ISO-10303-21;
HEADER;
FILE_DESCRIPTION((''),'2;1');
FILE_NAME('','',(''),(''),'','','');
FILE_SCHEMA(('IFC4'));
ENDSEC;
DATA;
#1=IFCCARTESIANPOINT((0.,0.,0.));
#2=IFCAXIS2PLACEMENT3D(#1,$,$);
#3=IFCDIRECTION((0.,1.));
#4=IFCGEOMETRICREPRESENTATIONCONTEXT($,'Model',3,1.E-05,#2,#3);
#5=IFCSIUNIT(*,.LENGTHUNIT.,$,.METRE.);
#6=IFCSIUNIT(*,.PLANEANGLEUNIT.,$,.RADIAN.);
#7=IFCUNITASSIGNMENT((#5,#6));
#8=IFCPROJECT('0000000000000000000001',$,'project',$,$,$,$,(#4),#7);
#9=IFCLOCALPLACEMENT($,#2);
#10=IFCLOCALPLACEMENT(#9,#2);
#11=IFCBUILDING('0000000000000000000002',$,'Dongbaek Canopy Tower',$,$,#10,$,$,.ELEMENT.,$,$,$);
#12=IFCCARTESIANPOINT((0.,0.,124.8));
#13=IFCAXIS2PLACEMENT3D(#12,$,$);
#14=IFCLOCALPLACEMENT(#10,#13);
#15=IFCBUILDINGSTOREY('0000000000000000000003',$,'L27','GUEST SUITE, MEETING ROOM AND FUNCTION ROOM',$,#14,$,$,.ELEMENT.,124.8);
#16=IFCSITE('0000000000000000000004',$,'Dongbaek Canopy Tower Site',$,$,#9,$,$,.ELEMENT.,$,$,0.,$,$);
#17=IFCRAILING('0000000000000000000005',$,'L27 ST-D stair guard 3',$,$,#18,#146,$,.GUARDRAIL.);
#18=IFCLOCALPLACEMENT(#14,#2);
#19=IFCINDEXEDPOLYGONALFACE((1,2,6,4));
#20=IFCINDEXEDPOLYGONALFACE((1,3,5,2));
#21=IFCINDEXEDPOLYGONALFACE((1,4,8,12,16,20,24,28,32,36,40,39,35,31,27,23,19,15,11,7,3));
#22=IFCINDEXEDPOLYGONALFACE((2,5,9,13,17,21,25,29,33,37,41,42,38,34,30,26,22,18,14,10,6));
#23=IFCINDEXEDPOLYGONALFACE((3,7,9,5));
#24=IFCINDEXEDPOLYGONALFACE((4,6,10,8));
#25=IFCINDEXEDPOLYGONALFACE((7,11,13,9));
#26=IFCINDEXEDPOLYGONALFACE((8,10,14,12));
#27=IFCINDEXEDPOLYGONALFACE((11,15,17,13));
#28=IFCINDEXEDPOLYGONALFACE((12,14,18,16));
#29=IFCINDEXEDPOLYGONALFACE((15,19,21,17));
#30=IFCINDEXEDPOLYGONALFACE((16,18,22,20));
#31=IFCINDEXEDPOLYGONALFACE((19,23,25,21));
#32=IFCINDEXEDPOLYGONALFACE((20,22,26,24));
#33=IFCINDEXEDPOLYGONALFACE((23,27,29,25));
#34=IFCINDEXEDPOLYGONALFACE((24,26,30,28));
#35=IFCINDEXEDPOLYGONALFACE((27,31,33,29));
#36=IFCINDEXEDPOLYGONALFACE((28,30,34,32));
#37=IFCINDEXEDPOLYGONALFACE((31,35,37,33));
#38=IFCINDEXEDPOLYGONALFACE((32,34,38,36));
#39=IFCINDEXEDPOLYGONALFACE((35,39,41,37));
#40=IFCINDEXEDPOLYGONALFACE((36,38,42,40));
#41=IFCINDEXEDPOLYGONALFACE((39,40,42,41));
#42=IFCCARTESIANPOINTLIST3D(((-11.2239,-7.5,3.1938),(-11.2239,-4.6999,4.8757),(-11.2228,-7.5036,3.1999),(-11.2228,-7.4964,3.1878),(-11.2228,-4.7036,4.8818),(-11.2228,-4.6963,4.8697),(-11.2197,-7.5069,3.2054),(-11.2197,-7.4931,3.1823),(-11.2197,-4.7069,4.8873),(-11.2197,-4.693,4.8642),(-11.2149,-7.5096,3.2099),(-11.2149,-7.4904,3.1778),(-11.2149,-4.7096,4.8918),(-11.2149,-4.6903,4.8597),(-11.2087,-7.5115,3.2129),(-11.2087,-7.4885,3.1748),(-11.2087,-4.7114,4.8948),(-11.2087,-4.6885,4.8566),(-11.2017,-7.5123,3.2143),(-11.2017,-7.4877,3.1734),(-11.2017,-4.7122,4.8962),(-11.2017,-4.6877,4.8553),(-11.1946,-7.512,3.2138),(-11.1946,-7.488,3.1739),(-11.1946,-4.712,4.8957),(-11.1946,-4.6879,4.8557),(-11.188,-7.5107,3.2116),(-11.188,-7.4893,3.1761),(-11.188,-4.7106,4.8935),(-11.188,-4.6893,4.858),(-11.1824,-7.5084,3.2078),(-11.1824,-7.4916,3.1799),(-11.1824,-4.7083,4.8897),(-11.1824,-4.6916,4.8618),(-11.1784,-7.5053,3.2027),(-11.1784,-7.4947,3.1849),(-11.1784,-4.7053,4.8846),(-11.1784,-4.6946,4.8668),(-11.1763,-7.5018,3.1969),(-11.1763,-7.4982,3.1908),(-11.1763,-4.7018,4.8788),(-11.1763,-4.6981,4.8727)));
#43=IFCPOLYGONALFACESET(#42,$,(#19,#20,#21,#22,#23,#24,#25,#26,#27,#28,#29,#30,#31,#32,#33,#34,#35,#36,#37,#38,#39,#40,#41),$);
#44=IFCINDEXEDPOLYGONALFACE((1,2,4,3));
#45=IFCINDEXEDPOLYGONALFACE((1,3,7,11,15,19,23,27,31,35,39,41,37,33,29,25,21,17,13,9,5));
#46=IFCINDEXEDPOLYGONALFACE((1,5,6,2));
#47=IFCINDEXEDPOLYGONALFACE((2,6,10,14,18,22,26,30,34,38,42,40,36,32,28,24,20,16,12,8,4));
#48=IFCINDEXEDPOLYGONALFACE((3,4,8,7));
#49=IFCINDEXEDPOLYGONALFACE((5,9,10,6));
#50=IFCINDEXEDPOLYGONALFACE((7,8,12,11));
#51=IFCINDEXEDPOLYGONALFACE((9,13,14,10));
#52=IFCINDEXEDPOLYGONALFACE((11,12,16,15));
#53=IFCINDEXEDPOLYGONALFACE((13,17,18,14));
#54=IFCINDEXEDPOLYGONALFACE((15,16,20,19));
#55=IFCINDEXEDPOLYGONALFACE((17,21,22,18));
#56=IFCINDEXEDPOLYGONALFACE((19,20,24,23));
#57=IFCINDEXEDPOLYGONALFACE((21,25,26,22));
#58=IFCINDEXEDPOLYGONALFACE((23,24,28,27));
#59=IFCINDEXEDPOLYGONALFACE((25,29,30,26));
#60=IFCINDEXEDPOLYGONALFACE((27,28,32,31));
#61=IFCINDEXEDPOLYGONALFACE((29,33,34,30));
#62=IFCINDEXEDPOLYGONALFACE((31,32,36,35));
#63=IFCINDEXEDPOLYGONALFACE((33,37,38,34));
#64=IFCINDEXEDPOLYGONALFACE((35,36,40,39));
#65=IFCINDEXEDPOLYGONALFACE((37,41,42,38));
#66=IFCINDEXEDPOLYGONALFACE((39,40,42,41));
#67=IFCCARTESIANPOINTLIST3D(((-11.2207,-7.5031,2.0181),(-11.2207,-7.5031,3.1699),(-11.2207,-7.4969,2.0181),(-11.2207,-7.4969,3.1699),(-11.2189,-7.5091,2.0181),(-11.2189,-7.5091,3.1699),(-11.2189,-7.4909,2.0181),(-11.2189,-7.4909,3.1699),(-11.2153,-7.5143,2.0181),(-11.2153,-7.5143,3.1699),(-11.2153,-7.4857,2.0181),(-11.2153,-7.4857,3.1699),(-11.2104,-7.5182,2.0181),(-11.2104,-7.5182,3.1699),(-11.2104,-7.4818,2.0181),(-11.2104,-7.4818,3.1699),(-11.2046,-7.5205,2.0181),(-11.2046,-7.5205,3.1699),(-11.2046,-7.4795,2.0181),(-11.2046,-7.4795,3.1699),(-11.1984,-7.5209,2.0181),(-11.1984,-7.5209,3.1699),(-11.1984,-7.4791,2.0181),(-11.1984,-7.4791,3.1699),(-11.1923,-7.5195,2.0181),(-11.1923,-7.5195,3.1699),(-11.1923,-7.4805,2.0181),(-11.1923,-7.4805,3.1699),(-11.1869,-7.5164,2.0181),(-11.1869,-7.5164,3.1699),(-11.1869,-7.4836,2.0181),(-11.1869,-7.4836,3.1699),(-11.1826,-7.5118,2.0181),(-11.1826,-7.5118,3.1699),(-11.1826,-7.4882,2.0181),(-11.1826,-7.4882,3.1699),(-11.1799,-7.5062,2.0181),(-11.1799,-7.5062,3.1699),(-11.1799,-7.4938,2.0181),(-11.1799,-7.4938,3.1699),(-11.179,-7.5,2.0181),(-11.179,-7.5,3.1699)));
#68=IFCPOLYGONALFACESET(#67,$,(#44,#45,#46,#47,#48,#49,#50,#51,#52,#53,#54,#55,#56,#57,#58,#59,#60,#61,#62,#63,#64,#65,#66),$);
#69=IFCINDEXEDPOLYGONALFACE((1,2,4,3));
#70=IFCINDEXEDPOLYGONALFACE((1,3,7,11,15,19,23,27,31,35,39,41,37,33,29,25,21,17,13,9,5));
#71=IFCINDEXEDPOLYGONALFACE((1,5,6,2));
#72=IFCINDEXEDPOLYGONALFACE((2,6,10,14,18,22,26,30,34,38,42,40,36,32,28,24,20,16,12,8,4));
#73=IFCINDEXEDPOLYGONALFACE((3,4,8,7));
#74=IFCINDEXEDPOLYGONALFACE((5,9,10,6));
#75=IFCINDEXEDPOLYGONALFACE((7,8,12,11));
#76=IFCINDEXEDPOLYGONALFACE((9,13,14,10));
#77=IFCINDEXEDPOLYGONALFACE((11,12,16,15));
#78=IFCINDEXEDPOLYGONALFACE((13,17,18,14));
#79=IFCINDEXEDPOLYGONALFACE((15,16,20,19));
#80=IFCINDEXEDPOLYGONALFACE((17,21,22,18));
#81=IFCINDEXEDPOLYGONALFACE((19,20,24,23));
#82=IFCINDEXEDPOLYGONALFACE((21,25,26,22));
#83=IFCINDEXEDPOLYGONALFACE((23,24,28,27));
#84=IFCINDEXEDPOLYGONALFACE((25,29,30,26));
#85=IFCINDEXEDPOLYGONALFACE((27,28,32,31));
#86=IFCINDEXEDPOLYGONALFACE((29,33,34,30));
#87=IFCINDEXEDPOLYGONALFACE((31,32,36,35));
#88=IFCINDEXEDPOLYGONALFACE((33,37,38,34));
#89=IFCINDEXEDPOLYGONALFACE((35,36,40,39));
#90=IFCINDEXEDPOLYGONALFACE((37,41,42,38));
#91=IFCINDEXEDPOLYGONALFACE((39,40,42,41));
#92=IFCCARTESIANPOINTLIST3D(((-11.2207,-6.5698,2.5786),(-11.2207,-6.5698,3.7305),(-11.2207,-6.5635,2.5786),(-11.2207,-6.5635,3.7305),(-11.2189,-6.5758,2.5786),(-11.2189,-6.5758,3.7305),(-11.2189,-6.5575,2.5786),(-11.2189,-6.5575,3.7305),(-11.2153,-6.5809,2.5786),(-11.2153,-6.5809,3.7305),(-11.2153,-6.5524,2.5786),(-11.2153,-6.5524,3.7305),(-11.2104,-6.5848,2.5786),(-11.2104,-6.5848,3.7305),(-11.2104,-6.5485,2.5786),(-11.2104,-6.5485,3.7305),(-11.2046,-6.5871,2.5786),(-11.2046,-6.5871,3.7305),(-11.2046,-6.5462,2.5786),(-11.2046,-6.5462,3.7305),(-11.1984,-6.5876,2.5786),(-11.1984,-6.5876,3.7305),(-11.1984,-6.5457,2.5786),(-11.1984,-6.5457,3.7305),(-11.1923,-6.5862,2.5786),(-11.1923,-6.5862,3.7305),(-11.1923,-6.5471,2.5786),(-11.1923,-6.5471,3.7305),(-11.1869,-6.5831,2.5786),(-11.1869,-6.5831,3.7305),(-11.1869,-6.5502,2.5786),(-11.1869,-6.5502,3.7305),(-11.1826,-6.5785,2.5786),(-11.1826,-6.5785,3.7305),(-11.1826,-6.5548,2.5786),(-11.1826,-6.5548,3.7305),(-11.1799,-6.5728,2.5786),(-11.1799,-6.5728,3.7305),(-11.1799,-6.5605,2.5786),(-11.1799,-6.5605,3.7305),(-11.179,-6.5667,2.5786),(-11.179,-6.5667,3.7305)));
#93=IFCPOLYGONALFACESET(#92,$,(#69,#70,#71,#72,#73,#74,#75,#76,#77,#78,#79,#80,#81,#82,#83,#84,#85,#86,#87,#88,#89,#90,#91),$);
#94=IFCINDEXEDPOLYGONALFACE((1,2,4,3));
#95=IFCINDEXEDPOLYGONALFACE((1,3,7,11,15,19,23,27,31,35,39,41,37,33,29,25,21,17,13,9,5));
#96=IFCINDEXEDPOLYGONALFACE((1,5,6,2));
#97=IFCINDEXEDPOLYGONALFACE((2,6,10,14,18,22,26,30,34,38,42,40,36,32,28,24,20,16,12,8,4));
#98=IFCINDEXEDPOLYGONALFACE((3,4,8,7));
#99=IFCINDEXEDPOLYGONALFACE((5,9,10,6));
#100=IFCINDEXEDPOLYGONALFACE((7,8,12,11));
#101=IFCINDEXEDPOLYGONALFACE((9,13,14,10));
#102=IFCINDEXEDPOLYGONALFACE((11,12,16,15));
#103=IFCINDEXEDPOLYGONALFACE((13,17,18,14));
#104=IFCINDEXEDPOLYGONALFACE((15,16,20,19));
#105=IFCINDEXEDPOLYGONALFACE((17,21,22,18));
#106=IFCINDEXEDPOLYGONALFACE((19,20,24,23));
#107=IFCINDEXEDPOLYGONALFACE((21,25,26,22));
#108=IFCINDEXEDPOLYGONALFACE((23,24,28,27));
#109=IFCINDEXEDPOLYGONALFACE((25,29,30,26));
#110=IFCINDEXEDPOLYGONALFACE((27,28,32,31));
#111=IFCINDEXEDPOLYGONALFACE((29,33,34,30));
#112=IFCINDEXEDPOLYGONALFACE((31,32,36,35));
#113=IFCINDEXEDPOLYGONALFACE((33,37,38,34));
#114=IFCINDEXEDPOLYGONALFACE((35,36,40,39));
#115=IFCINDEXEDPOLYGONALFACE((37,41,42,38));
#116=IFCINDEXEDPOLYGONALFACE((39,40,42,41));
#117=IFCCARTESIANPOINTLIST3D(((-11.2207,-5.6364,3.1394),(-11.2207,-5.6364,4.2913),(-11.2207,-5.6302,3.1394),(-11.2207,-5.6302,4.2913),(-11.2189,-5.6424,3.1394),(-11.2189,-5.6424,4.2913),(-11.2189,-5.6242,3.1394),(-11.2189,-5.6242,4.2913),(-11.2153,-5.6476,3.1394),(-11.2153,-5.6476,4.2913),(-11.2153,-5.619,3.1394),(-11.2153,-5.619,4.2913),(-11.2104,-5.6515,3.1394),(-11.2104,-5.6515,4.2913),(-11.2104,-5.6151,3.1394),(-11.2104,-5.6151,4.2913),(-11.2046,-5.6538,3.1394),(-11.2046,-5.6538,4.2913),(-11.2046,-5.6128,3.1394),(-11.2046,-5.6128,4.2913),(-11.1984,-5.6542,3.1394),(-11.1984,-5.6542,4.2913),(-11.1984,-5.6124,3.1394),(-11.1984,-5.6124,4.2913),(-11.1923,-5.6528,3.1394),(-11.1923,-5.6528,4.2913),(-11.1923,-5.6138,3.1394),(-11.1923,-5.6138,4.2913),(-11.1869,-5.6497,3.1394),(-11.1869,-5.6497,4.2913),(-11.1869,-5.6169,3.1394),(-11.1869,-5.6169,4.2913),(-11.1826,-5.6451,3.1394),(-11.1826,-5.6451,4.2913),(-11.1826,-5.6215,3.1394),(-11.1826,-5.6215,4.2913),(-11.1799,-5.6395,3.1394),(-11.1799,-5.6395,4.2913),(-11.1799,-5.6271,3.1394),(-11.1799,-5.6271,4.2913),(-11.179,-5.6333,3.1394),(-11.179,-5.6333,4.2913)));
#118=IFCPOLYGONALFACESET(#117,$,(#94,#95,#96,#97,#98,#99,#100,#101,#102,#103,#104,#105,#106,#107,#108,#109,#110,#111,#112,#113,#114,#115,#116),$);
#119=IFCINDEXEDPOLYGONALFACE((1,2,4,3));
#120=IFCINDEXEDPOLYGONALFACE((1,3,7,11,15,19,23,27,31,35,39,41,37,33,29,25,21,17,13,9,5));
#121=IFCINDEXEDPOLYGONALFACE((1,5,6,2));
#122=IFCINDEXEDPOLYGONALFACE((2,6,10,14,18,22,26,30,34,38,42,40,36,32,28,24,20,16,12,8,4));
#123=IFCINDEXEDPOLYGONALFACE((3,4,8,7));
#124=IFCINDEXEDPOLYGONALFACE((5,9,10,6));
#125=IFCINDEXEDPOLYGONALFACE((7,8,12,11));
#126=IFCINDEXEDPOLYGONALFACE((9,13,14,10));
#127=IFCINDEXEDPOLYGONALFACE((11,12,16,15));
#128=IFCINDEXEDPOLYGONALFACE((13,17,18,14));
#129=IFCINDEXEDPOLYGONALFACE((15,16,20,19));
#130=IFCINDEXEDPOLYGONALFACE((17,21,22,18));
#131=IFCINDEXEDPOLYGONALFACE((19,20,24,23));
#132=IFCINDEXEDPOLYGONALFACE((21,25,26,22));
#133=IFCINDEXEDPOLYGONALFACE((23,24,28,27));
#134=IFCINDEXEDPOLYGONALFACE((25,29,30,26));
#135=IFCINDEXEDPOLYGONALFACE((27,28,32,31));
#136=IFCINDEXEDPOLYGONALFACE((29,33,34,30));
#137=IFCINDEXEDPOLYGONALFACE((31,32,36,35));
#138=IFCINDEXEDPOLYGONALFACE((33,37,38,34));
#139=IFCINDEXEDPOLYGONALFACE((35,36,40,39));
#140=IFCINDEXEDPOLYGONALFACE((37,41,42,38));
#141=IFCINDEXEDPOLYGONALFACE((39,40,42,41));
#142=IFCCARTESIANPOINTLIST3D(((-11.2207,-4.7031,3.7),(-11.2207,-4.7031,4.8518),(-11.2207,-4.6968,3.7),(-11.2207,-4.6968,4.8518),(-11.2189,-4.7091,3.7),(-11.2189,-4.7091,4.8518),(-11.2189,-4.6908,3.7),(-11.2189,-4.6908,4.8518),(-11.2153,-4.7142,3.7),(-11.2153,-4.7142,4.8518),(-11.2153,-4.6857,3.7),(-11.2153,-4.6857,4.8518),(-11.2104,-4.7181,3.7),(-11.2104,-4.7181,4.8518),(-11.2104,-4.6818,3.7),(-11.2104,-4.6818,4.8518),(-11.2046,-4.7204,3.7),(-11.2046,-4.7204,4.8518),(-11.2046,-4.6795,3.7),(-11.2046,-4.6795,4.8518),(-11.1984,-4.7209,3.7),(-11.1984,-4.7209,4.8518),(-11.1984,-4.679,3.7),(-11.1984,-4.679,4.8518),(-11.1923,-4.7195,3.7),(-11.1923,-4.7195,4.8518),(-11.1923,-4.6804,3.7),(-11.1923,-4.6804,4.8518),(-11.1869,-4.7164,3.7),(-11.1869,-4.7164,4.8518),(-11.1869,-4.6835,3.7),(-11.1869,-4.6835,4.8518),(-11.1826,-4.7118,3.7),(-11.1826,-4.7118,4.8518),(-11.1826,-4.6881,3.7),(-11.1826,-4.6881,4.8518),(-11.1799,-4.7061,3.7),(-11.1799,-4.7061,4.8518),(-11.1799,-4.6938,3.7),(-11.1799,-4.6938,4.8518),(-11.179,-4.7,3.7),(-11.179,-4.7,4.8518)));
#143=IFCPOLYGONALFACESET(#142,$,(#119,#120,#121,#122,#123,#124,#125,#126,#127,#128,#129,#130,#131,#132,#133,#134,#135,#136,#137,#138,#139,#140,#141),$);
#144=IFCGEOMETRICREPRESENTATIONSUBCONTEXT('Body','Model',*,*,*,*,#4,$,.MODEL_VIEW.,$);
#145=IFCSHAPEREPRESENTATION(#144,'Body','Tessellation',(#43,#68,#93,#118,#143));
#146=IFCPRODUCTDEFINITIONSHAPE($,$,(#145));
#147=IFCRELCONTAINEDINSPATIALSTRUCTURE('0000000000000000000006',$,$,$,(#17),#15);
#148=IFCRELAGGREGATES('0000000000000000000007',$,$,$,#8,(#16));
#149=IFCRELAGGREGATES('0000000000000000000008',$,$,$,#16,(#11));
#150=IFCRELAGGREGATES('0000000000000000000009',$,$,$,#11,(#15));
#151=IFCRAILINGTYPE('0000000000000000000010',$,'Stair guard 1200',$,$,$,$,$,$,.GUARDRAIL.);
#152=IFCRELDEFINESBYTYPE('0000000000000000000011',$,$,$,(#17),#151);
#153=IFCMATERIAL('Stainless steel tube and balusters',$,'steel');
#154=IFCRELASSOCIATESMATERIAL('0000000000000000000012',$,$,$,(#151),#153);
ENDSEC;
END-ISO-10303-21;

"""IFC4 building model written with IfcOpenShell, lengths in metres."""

from ifc_helpers import new_model, si_unit, direction, frame, origin, origin_2d, place, context, subcontext, project, spatial, circle, extrude, material, type_object, element, save


model = new_model("IFC4")

# Units and contexts
model_context = context("Model", 3, precision=1e-05, world=origin(), true_north=direction((0.0, 1.0)))
body_context = subcontext(model_context, "Body", "Model", "MODEL_VIEW")
ifc_project = project(units=[si_unit("LENGTHUNIT", "METRE"), si_unit("PLANEANGLEUNIT", "RADIAN")], contexts=[model_context])

# Site, building, storey
site_placement = place(None, origin())
site = spatial("IfcSite", under=ifc_project, at=site_placement, Name="Dongbaek Canopy Tower Site", CompositionType="ELEMENT", RefElevation=0.0)
building_placement = place(site_placement, origin())
building = spatial("IfcBuilding", under=site, at=building_placement, Name="Dongbaek Canopy Tower", CompositionType="ELEMENT")
storey_placement = place(building_placement, frame((0.0, 0.0, 124.8)))
storey = spatial("IfcBuildingStorey", under=building, at=storey_placement, Name="L27", Description="GUEST SUITE, MEETING ROOM AND FUNCTION ROOM", CompositionType="ELEMENT", Elevation=124.8)

# Railing
ifc_material_1 = material(Name="Stainless steel tube and balusters", Category="steel")
railing_type_1 = type_object("IfcRailingType", Name="Stair guard 1200", PredefinedType="GUARDRAIL", material=ifc_material_1)
railing_1_placement = place(storey_placement, frame((-11.2, -7.5, 2.0181)))
element("IfcRailing", 1, at=railing_1_placement, inside=storey, type_object=railing_type_1, Name="L27 ST-D stair guard 3", PredefinedType="GUARDRAIL", context=body_context, shape_type="SweptSolid", body=[
    extrude(circle(Radius=0.0239, at=origin_2d()), frame((0.0, 0.0, 1.1758), z_axis=(0.0, 0.857242, 0.514913), x_axis=(-1.0, 0.0, 0.0)), (0.0, 0.0, 1.0), 3.2664),
    extrude(circle(Radius=0.021, at=origin_2d()), origin(), (0.0, 0.0, 1.0), 1.1519),
    extrude(circle(Radius=0.021, at=origin_2d()), frame((0.0, 0.9333, 0.5605)), (0.0, 0.0, 1.0), 1.1519),
    extrude(circle(Radius=0.021, at=origin_2d()), frame((0.0, 1.8667, 1.1213)), (0.0, 0.0, 1.0), 1.1519),
    extrude(circle(Radius=0.021, at=origin_2d()), frame((0.0, 2.8, 1.6819)), (0.0, 0.0, 1.0), 1.1519),
])

save(model, "model.ifc")
